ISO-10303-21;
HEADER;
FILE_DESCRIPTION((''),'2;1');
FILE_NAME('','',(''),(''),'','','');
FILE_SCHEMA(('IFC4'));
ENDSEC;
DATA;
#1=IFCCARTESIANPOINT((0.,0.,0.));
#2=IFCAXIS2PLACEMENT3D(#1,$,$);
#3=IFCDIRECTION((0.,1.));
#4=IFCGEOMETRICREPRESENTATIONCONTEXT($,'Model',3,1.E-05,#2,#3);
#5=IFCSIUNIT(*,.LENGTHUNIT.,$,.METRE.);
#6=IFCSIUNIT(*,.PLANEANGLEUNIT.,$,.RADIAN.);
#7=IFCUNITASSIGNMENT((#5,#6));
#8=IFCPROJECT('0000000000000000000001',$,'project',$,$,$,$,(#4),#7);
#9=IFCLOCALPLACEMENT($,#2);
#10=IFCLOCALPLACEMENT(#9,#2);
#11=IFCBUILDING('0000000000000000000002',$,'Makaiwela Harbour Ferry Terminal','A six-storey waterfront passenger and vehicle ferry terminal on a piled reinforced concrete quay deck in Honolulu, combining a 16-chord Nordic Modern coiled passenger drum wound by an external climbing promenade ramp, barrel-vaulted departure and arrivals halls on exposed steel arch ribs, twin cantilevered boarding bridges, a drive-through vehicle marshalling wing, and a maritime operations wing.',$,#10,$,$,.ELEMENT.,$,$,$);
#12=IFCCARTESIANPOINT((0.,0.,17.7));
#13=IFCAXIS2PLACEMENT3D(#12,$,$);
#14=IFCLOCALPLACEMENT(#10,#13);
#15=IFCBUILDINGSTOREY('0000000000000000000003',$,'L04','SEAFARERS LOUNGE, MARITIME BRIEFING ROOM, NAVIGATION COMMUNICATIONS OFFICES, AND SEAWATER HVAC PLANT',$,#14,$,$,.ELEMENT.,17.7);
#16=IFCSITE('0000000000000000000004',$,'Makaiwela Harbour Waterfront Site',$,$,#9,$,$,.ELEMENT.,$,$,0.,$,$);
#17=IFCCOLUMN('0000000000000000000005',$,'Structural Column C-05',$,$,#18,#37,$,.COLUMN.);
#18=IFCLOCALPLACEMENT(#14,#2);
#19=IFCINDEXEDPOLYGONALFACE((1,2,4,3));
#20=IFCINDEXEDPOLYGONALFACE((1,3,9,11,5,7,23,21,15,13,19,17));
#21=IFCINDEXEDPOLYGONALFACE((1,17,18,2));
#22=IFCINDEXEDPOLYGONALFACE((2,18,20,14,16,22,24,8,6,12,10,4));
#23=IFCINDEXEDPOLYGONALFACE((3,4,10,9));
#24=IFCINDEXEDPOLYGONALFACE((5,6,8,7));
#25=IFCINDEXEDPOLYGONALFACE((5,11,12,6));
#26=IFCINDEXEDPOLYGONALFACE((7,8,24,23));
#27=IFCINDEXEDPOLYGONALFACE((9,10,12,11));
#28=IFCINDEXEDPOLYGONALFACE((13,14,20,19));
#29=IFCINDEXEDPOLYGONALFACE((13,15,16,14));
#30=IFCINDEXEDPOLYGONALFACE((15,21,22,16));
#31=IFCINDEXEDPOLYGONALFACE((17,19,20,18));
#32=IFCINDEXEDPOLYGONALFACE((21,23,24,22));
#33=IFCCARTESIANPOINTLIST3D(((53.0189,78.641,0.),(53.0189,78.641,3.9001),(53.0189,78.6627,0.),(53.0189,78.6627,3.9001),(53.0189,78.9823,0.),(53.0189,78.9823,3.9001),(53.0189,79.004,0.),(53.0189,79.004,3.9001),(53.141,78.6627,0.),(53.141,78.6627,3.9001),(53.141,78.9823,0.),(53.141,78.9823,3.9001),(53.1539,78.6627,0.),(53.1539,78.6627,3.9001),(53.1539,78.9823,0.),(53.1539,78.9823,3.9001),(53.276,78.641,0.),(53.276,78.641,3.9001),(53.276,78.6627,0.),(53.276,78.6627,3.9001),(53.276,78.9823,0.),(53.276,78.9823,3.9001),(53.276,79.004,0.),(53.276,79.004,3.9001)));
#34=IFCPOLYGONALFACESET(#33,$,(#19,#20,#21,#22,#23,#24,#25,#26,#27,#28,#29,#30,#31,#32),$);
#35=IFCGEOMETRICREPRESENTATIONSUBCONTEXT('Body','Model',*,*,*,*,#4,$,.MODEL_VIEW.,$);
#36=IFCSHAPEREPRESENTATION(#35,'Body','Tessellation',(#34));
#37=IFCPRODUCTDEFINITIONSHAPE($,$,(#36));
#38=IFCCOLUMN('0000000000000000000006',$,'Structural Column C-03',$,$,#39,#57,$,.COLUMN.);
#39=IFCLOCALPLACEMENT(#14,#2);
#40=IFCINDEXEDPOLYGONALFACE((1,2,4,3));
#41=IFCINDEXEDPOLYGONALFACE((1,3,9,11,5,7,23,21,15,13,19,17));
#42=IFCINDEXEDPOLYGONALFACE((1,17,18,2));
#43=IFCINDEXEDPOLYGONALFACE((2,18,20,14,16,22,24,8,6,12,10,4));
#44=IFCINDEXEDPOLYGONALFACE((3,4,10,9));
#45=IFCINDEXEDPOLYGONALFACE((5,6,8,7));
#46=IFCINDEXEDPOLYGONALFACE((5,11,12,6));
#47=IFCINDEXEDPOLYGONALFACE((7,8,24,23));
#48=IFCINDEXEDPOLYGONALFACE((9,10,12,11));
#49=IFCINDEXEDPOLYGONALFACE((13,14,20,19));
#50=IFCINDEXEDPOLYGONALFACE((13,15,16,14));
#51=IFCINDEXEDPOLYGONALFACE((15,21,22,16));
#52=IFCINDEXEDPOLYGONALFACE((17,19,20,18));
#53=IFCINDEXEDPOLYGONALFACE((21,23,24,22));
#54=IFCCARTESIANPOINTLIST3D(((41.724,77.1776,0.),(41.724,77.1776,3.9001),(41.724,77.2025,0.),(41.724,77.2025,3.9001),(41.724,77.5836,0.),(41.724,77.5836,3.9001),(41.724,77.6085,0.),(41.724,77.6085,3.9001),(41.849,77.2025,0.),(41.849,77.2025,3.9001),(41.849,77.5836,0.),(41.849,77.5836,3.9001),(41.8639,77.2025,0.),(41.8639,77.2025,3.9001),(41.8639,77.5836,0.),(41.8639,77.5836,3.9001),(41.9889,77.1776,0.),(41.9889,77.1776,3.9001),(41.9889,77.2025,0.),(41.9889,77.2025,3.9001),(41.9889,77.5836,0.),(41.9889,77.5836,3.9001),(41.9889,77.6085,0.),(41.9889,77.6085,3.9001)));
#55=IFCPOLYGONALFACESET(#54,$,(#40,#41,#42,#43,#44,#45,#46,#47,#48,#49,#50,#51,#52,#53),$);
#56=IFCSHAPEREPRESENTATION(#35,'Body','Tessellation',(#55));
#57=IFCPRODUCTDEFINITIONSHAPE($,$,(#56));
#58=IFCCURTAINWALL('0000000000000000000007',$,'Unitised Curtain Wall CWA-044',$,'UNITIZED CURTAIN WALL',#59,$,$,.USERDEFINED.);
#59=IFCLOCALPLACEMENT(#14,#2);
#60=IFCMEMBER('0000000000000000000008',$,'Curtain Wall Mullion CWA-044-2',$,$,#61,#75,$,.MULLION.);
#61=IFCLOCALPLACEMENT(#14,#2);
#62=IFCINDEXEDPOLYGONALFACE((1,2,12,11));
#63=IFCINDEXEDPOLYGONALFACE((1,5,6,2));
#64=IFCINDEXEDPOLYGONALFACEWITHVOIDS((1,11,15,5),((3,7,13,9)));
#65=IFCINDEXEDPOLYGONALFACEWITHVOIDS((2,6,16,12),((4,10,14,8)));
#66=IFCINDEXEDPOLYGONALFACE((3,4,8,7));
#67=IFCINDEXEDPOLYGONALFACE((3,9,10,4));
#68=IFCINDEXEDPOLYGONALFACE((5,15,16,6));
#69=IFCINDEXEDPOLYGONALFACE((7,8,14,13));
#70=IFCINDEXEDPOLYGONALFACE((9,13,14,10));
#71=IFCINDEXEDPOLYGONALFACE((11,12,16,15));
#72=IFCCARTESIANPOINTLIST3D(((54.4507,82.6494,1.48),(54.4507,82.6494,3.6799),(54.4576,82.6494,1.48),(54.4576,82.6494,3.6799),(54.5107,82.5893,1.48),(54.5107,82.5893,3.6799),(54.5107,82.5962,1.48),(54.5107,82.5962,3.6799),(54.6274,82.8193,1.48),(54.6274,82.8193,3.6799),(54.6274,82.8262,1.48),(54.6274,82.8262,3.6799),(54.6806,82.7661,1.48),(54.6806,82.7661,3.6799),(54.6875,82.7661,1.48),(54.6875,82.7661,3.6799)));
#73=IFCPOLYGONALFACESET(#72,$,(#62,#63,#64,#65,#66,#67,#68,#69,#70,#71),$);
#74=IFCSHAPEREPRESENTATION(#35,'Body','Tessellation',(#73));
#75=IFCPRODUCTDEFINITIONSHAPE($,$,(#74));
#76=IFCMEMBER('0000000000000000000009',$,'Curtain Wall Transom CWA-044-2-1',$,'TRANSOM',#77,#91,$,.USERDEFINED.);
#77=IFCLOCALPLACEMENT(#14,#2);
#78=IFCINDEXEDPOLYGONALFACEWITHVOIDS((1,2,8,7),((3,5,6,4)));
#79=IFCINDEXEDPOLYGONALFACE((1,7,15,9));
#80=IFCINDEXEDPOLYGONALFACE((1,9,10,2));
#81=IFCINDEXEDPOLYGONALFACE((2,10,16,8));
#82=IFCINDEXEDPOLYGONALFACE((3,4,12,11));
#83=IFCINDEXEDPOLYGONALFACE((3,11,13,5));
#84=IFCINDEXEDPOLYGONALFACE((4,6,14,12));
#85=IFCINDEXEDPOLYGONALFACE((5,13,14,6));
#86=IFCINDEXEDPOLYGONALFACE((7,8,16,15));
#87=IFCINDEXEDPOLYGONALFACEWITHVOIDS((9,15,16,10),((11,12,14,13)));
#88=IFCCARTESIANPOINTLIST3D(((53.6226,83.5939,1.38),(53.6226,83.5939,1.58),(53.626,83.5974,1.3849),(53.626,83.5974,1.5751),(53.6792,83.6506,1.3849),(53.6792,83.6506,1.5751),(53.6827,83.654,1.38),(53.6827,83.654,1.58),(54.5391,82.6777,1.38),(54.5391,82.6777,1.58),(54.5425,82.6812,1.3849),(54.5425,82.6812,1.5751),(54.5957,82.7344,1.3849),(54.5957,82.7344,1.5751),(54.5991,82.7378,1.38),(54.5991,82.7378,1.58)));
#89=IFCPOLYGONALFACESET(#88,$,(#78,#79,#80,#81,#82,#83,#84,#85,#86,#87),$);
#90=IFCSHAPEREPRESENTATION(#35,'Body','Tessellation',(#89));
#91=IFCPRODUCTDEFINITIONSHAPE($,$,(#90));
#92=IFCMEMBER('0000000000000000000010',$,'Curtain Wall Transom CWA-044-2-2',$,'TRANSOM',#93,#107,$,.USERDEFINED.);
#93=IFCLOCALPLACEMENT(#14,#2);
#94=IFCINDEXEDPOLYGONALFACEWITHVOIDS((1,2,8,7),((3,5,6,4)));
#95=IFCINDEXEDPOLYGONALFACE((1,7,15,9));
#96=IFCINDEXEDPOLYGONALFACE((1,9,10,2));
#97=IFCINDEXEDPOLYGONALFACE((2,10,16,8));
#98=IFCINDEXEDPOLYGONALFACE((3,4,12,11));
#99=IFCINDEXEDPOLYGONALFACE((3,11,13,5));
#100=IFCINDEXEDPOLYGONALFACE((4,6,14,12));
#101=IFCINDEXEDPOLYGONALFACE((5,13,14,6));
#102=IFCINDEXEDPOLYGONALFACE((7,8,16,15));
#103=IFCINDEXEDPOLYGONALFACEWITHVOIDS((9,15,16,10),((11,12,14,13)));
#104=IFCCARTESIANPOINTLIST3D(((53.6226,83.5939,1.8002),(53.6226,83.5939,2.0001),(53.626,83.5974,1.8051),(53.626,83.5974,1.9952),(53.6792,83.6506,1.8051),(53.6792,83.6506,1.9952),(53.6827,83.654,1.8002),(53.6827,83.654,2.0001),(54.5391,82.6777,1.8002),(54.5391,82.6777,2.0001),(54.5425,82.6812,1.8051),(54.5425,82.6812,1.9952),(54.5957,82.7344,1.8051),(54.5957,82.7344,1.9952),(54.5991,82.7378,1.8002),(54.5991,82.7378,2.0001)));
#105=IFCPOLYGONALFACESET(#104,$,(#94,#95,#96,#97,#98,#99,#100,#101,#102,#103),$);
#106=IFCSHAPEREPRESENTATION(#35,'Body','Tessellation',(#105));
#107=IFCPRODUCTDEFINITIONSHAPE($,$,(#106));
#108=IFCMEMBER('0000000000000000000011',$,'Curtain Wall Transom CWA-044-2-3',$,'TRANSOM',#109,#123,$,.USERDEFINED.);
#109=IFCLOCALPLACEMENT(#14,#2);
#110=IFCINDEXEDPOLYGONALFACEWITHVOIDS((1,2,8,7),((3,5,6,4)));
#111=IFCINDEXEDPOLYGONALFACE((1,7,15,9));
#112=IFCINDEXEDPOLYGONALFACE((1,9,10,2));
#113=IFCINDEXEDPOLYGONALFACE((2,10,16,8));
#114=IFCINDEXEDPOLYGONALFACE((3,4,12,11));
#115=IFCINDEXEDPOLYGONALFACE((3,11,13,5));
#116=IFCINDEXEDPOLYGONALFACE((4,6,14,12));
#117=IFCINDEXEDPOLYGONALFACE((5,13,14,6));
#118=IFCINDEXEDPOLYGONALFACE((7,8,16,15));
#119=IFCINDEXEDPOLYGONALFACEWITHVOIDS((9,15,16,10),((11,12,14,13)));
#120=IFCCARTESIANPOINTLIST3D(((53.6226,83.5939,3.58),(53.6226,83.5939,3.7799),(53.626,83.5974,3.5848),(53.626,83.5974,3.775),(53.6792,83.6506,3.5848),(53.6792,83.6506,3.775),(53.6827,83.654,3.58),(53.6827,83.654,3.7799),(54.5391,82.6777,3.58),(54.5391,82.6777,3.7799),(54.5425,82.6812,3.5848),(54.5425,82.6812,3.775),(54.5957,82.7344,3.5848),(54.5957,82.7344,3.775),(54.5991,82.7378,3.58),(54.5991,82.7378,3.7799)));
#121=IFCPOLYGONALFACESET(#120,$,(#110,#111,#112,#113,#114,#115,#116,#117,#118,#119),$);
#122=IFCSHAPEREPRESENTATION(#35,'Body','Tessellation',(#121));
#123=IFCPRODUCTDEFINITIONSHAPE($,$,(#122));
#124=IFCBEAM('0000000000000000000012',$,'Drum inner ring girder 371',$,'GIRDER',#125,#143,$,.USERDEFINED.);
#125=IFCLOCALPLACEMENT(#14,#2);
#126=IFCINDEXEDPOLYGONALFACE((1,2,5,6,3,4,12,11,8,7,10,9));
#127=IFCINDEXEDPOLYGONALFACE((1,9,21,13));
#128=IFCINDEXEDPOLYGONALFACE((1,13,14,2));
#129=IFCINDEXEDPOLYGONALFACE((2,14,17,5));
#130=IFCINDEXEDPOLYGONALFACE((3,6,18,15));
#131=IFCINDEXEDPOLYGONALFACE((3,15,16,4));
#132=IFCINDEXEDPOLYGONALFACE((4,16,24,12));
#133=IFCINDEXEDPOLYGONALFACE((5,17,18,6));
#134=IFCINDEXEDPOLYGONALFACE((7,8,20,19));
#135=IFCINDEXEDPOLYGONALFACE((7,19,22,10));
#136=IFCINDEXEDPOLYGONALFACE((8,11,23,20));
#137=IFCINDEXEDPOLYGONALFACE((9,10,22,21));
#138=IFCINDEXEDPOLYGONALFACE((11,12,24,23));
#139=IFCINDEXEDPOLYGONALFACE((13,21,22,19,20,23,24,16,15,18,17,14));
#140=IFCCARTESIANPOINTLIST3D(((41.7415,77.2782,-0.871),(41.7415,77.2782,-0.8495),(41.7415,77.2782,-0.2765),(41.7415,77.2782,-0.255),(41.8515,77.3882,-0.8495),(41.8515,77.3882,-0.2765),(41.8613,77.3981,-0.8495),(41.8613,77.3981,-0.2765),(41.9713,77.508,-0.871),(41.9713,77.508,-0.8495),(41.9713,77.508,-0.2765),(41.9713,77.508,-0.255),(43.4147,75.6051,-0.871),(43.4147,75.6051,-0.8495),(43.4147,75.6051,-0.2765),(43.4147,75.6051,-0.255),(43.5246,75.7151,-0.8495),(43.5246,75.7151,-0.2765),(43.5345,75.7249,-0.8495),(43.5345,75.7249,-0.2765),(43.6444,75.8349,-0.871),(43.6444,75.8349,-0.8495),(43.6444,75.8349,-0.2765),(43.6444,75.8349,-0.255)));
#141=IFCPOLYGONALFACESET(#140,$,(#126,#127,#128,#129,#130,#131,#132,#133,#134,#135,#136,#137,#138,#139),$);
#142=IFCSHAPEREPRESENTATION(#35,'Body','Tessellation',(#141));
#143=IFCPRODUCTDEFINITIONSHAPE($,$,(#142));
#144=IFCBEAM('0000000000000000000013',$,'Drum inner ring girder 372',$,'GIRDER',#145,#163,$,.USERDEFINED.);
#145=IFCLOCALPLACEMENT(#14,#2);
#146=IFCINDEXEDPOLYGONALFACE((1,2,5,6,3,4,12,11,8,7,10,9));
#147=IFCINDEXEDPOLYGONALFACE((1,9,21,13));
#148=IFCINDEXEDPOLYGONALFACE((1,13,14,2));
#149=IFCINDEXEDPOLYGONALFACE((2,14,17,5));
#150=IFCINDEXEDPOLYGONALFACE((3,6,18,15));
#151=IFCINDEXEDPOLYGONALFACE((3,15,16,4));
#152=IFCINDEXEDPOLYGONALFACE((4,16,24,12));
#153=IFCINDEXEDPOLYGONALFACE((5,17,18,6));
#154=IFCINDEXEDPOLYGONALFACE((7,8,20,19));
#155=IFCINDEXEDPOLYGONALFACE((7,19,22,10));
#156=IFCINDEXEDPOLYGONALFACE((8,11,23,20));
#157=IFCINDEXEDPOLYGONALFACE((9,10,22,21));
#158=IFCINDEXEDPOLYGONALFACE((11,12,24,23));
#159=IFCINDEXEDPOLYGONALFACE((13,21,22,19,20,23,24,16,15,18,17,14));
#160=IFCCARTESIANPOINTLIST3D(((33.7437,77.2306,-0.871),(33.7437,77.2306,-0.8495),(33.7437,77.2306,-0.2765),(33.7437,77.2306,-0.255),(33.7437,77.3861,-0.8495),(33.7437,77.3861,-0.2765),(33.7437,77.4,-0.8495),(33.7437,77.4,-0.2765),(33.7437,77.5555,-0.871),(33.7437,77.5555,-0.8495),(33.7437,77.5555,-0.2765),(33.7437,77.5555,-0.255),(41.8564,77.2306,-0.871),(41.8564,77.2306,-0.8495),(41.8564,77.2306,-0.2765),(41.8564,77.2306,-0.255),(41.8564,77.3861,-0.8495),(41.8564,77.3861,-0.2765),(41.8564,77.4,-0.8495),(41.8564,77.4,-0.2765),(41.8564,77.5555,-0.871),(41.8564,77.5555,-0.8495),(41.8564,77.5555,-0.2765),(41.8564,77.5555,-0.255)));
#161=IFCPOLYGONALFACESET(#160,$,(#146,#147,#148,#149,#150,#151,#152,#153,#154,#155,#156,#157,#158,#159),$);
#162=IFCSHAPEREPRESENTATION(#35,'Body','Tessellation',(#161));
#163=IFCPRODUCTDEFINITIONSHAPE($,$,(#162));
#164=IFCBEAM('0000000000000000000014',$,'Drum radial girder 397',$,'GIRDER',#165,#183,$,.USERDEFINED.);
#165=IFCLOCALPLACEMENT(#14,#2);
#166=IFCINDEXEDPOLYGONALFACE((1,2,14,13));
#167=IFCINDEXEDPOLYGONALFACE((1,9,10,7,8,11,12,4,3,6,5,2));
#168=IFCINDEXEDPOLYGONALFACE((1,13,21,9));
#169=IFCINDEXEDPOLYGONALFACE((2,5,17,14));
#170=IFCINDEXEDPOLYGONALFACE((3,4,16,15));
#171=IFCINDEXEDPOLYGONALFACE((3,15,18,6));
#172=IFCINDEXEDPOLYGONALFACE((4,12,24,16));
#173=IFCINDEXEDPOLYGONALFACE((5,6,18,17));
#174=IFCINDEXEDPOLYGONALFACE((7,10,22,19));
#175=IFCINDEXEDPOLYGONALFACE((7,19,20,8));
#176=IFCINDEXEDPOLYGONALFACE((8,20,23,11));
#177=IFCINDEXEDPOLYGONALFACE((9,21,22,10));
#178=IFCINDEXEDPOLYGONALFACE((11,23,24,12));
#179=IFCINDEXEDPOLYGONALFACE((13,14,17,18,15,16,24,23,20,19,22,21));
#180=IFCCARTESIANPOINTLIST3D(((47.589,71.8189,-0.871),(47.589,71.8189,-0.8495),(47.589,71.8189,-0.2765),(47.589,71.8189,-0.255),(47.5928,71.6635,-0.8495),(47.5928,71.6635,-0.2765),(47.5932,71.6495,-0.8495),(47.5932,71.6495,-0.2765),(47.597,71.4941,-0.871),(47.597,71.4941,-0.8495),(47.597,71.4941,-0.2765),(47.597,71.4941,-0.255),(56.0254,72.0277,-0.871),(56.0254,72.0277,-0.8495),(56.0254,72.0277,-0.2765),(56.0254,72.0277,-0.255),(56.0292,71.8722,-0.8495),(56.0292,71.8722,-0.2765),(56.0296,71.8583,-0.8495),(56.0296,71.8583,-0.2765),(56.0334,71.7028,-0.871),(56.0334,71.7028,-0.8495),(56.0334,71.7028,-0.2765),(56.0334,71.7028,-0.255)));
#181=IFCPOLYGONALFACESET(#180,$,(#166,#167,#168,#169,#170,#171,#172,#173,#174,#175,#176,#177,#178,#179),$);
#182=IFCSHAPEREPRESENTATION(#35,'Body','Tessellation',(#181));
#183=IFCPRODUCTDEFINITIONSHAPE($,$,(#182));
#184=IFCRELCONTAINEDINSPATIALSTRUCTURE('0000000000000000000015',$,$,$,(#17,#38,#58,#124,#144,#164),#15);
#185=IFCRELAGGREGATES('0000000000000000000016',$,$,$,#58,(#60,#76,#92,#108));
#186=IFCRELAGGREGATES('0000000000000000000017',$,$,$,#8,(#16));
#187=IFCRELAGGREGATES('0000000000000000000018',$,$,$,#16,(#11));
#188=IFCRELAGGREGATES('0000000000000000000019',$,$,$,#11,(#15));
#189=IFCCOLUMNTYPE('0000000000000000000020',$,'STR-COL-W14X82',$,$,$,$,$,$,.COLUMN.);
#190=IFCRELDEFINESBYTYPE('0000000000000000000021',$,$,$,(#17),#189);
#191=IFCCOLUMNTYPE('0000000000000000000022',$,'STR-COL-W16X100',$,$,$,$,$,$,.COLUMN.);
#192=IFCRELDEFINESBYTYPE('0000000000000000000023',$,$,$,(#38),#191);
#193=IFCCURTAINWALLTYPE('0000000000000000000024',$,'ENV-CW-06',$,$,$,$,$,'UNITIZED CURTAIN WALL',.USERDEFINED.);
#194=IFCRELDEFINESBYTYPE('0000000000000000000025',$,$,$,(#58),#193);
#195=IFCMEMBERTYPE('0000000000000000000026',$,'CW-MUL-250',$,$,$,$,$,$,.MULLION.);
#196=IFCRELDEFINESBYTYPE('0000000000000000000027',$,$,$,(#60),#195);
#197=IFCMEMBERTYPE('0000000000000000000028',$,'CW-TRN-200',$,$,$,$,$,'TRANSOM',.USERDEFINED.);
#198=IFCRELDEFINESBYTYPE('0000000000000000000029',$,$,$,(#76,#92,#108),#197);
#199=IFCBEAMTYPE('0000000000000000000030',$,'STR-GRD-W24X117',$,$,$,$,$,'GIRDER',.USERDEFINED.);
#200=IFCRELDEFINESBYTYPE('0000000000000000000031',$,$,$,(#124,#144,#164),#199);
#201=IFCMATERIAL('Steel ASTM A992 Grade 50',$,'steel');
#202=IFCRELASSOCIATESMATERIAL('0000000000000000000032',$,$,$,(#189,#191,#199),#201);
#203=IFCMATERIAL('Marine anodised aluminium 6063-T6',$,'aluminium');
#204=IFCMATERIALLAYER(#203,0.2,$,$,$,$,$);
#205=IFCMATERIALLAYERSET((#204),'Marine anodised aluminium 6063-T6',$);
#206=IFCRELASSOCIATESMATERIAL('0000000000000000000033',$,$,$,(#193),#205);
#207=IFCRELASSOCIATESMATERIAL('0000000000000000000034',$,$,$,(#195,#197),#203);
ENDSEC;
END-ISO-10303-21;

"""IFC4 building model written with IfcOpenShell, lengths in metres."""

from ifc_helpers import new_model, si_unit, direction, frame, origin, origin_2d, place, context, subcontext, project, spatial, hollow_rectangle, i_section, extrude, material, layer, layer_set, material_profile, profile_set, type_object, element, aggregate, save


model = new_model("IFC4")

# Units and contexts
model_context = context("Model", 3, precision=1e-05, world=origin(), true_north=direction((0.0, 1.0)))
body_context = subcontext(model_context, "Body", "Model", "MODEL_VIEW")
ifc_project = project(units=[si_unit("LENGTHUNIT", "METRE"), si_unit("PLANEANGLEUNIT", "RADIAN")], contexts=[model_context])

# Site, building, storey
site_placement = place(None, origin())
site = spatial("IfcSite", under=ifc_project, at=site_placement, Name="Makaiwela Harbour Waterfront Site", CompositionType="ELEMENT", RefElevation=0.0)
building_placement = place(site_placement, origin())
building = spatial("IfcBuilding", under=site, at=building_placement, Name="Makaiwela Harbour Ferry Terminal", Description="A six-storey waterfront passenger and vehicle ferry terminal on a piled reinforced concrete quay deck in Honolulu, combining a 16-chord Nordic Modern coiled passenger drum wound by an external climbing promenade ramp, barrel-vaulted departure and arrivals halls on exposed steel arch ribs, twin cantilevered boarding bridges, a drive-through vehicle marshalling wing, and a maritime operations wing.", CompositionType="ELEMENT")
storey_placement = place(building_placement, frame((0.0, 0.0, 17.7)))
storey = spatial("IfcBuildingStorey", under=building, at=storey_placement, Name="L04", Description="SEAFARERS LOUNGE, MARITIME BRIEFING ROOM, NAVIGATION COMMUNICATIONS OFFICES, AND SEAWATER HVAC PLANT", CompositionType="ELEMENT", Elevation=17.7)

# Columns
ifc_material_1 = material(Name="Steel ASTM A992 Grade 50", Category="steel")
ifc_material_profile_1 = material_profile(ifc_material_1, i_section(OverallWidth=0.2571, OverallDepth=0.363, WebThickness=0.0129, FlangeThickness=0.0217, at=origin_2d()), Name="W14X82")
ifc_profile_set_1 = profile_set([ifc_material_profile_1], Name="Steel ASTM A992 Grade 50")
column_type_1 = type_object("IfcColumnType", Name="STR-COL-W14X82", PredefinedType="COLUMN", material=ifc_profile_set_1)
column_1_placement = place(storey_placement, frame((53.1475, 78.8225, 0.0), z_axis=(0.0, 0.0, 1.0), x_axis=(1.0, 0.0, 0.0)))
element("IfcColumn", 1, at=column_1_placement, inside=storey, type_object=column_type_1, Name="Structural Column C-05", PredefinedType="COLUMN", context=body_context, shape_type="SweptSolid", body=[
    extrude(i_section(OverallWidth=0.2571, OverallDepth=0.363, WebThickness=0.0129, FlangeThickness=0.0217, at=origin_2d()), origin(), (0.0, 0.0, 1.0), 3.9001),
])
ifc_material_profile_2 = material_profile(ifc_material_1, i_section(OverallWidth=0.2649, OverallDepth=0.4309, WebThickness=0.0149, FlangeThickness=0.0249, at=origin_2d()), Name="W16X100")
ifc_profile_set_2 = profile_set([ifc_material_profile_2], Name="Steel ASTM A992 Grade 50")
column_type_2 = type_object("IfcColumnType", Name="STR-COL-W16X100", PredefinedType="COLUMN", material=ifc_profile_set_2)
column_2_placement = place(storey_placement, frame((41.8564, 77.3931, 0.0), z_axis=(0.0, 0.0, 1.0), x_axis=(1.0, 0.0, 0.0)))
element("IfcColumn", 2, at=column_2_placement, inside=storey, type_object=column_type_2, Name="Structural Column C-03", PredefinedType="COLUMN", context=body_context, shape_type="SweptSolid", body=[
    extrude(i_section(OverallWidth=0.2649, OverallDepth=0.4309, WebThickness=0.0149, FlangeThickness=0.0249, at=origin_2d()), origin(), (0.0, 0.0, 1.0), 3.9001),
])

# Curtain wall, members
ifc_material_2 = material(Name="Marine anodised aluminium 6063-T6", Category="aluminium")
ifc_layer_1 = layer(ifc_material_2, 0.2)
ifc_layer_set_1 = layer_set([ifc_layer_1], Name="Marine anodised aluminium 6063-T6")
curtain_wall_type = type_object("IfcCurtainWallType", Name="ENV-CW-06", ElementType="UNITIZED CURTAIN WALL", PredefinedType="USERDEFINED", material=ifc_layer_set_1)
curtain_wall_placement = place(storey_placement, origin())
curtain_wall = element("IfcCurtainWall", 3, at=curtain_wall_placement, inside=storey, type_object=curtain_wall_type, Name="Unitised Curtain Wall CWA-044", ObjectType="UNITIZED CURTAIN WALL", PredefinedType="USERDEFINED")
ifc_material_profile_3 = material_profile(ifc_material_2, hollow_rectangle(XDim=0.085, YDim=0.25, WallThickness=0.0049, at=origin_2d()), Name="CWM-250X85")
ifc_profile_set_3 = profile_set([ifc_material_profile_3], Name="Marine anodised aluminium 6063-T6")
member_type_1 = type_object("IfcMemberType", Name="CW-MUL-250", PredefinedType="MULLION", material=ifc_profile_set_3)
member_1_placement = place(storey_placement, frame((54.5691, 82.7078, 1.48), z_axis=(0.0, 0.0, 1.0), x_axis=(-0.707107, 0.707107, 0.0)))
member_1 = element("IfcMember", 4, at=member_1_placement, type_object=member_type_1, Name="Curtain Wall Mullion CWA-044-2", PredefinedType="MULLION", context=body_context, shape_type="SweptSolid", body=[
    extrude(hollow_rectangle(XDim=0.085, YDim=0.25, WallThickness=0.0049, at=origin_2d()), origin(), (0.0, 0.0, 1.0), 2.2),
])
ifc_material_profile_4 = material_profile(ifc_material_2, hollow_rectangle(XDim=0.085, YDim=0.2, WallThickness=0.0049, at=origin_2d()), Name="CWT-200X85")
ifc_profile_set_4 = profile_set([ifc_material_profile_4], Name="Marine anodised aluminium 6063-T6")
member_type_2 = type_object("IfcMemberType", Name="CW-TRN-200", ElementType="TRANSOM", PredefinedType="USERDEFINED", material=ifc_profile_set_4)
member_2_placement = place(storey_placement, frame((54.5691, 82.7078, 1.48), z_axis=(-0.707201, 0.707013, 0.0), x_axis=(-0.707013, -0.707201, 0.0)))
member_2 = element("IfcMember", 5, at=member_2_placement, type_object=member_type_2, Name="Curtain Wall Transom CWA-044-2-1", ObjectType="TRANSOM", PredefinedType="USERDEFINED", context=body_context, shape_type="SweptSolid", body=[
    extrude(hollow_rectangle(XDim=0.085, YDim=0.2, WallThickness=0.0049, at=origin_2d()), origin(), (0.0, 0.0, 1.0), 1.2959),
])
member_3_placement = place(storey_placement, frame((54.5691, 82.7078, 1.9001), z_axis=(-0.707201, 0.707013, 0.0), x_axis=(-0.707013, -0.707201, 0.0)))
member_3 = element("IfcMember", 6, at=member_3_placement, type_object=member_type_2, Name="Curtain Wall Transom CWA-044-2-2", ObjectType="TRANSOM", PredefinedType="USERDEFINED", context=body_context, shape_type="SweptSolid", body=[
    extrude(hollow_rectangle(XDim=0.085, YDim=0.2, WallThickness=0.0049, at=origin_2d()), origin(), (0.0, 0.0, 1.0), 1.2959),
])
member_4_placement = place(storey_placement, frame((54.5691, 82.7078, 3.6799), z_axis=(-0.707201, 0.707013, 0.0), x_axis=(-0.707013, -0.707201, 0.0)))
member_4 = element("IfcMember", 7, at=member_4_placement, type_object=member_type_2, Name="Curtain Wall Transom CWA-044-2-3", ObjectType="TRANSOM", PredefinedType="USERDEFINED", context=body_context, shape_type="SweptSolid", body=[
    extrude(hollow_rectangle(XDim=0.085, YDim=0.2, WallThickness=0.0049, at=origin_2d()), origin(), (0.0, 0.0, 1.0), 1.2959),
])
aggregate(curtain_wall, [member_1, member_2, member_3, member_4])

# Beams
ifc_material_profile_5 = material_profile(ifc_material_1, i_section(OverallWidth=0.325, OverallDepth=0.616, WebThickness=0.0139, FlangeThickness=0.0215, at=origin_2d()), Name="W24X117")
ifc_profile_set_5 = profile_set([ifc_material_profile_5], Name="Steel ASTM A992 Grade 50")
beam_type_1 = type_object("IfcBeamType", Name="STR-GRD-W24X117", ElementType="GIRDER", PredefinedType="USERDEFINED", material=ifc_profile_set_5)
beam_1_placement = place(storey_placement, frame((43.5295, 75.72, -0.563), z_axis=(-0.707107, 0.707107, 0.0), x_axis=(-0.707107, -0.707107, 0.0)))
element("IfcBeam", 8, at=beam_1_placement, inside=storey, type_object=beam_type_1, Name="Drum inner ring girder 371", ObjectType="GIRDER", PredefinedType="USERDEFINED", context=body_context, shape_type="SweptSolid", body=[
    extrude(i_section(OverallWidth=0.325, OverallDepth=0.616, WebThickness=0.0139, FlangeThickness=0.0215, at=origin_2d()), origin(), (0.0, 0.0, 1.0), 2.3662),
])
beam_2_placement = place(storey_placement, frame((41.8564, 77.3931, -0.563), z_axis=(-1.0, 0.0, 0.0), x_axis=(0.0, -1.0, 0.0)))
element("IfcBeam", 9, at=beam_2_placement, inside=storey, type_object=beam_type_1, Name="Drum inner ring girder 372", ObjectType="GIRDER", PredefinedType="USERDEFINED", context=body_context, shape_type="SweptSolid", body=[
    extrude(i_section(OverallWidth=0.325, OverallDepth=0.616, WebThickness=0.0139, FlangeThickness=0.0215, at=origin_2d()), origin(), (0.0, 0.0, 1.0), 8.1128),
])
beam_3_placement = place(storey_placement, frame((47.593, 71.6565, -0.563), z_axis=(0.999694, 0.024736, 0.0), x_axis=(-0.024736, 0.999694, 0.0)))
element("IfcBeam", 10, at=beam_3_placement, inside=storey, type_object=beam_type_1, Name="Drum radial girder 397", ObjectType="GIRDER", PredefinedType="USERDEFINED", context=body_context, shape_type="SweptSolid", body=[
    extrude(i_section(OverallWidth=0.325, OverallDepth=0.616, WebThickness=0.0139, FlangeThickness=0.0215, at=origin_2d()), origin(), (0.0, 0.0, 1.0), 8.439),
])

save(model, "model.ifc")
